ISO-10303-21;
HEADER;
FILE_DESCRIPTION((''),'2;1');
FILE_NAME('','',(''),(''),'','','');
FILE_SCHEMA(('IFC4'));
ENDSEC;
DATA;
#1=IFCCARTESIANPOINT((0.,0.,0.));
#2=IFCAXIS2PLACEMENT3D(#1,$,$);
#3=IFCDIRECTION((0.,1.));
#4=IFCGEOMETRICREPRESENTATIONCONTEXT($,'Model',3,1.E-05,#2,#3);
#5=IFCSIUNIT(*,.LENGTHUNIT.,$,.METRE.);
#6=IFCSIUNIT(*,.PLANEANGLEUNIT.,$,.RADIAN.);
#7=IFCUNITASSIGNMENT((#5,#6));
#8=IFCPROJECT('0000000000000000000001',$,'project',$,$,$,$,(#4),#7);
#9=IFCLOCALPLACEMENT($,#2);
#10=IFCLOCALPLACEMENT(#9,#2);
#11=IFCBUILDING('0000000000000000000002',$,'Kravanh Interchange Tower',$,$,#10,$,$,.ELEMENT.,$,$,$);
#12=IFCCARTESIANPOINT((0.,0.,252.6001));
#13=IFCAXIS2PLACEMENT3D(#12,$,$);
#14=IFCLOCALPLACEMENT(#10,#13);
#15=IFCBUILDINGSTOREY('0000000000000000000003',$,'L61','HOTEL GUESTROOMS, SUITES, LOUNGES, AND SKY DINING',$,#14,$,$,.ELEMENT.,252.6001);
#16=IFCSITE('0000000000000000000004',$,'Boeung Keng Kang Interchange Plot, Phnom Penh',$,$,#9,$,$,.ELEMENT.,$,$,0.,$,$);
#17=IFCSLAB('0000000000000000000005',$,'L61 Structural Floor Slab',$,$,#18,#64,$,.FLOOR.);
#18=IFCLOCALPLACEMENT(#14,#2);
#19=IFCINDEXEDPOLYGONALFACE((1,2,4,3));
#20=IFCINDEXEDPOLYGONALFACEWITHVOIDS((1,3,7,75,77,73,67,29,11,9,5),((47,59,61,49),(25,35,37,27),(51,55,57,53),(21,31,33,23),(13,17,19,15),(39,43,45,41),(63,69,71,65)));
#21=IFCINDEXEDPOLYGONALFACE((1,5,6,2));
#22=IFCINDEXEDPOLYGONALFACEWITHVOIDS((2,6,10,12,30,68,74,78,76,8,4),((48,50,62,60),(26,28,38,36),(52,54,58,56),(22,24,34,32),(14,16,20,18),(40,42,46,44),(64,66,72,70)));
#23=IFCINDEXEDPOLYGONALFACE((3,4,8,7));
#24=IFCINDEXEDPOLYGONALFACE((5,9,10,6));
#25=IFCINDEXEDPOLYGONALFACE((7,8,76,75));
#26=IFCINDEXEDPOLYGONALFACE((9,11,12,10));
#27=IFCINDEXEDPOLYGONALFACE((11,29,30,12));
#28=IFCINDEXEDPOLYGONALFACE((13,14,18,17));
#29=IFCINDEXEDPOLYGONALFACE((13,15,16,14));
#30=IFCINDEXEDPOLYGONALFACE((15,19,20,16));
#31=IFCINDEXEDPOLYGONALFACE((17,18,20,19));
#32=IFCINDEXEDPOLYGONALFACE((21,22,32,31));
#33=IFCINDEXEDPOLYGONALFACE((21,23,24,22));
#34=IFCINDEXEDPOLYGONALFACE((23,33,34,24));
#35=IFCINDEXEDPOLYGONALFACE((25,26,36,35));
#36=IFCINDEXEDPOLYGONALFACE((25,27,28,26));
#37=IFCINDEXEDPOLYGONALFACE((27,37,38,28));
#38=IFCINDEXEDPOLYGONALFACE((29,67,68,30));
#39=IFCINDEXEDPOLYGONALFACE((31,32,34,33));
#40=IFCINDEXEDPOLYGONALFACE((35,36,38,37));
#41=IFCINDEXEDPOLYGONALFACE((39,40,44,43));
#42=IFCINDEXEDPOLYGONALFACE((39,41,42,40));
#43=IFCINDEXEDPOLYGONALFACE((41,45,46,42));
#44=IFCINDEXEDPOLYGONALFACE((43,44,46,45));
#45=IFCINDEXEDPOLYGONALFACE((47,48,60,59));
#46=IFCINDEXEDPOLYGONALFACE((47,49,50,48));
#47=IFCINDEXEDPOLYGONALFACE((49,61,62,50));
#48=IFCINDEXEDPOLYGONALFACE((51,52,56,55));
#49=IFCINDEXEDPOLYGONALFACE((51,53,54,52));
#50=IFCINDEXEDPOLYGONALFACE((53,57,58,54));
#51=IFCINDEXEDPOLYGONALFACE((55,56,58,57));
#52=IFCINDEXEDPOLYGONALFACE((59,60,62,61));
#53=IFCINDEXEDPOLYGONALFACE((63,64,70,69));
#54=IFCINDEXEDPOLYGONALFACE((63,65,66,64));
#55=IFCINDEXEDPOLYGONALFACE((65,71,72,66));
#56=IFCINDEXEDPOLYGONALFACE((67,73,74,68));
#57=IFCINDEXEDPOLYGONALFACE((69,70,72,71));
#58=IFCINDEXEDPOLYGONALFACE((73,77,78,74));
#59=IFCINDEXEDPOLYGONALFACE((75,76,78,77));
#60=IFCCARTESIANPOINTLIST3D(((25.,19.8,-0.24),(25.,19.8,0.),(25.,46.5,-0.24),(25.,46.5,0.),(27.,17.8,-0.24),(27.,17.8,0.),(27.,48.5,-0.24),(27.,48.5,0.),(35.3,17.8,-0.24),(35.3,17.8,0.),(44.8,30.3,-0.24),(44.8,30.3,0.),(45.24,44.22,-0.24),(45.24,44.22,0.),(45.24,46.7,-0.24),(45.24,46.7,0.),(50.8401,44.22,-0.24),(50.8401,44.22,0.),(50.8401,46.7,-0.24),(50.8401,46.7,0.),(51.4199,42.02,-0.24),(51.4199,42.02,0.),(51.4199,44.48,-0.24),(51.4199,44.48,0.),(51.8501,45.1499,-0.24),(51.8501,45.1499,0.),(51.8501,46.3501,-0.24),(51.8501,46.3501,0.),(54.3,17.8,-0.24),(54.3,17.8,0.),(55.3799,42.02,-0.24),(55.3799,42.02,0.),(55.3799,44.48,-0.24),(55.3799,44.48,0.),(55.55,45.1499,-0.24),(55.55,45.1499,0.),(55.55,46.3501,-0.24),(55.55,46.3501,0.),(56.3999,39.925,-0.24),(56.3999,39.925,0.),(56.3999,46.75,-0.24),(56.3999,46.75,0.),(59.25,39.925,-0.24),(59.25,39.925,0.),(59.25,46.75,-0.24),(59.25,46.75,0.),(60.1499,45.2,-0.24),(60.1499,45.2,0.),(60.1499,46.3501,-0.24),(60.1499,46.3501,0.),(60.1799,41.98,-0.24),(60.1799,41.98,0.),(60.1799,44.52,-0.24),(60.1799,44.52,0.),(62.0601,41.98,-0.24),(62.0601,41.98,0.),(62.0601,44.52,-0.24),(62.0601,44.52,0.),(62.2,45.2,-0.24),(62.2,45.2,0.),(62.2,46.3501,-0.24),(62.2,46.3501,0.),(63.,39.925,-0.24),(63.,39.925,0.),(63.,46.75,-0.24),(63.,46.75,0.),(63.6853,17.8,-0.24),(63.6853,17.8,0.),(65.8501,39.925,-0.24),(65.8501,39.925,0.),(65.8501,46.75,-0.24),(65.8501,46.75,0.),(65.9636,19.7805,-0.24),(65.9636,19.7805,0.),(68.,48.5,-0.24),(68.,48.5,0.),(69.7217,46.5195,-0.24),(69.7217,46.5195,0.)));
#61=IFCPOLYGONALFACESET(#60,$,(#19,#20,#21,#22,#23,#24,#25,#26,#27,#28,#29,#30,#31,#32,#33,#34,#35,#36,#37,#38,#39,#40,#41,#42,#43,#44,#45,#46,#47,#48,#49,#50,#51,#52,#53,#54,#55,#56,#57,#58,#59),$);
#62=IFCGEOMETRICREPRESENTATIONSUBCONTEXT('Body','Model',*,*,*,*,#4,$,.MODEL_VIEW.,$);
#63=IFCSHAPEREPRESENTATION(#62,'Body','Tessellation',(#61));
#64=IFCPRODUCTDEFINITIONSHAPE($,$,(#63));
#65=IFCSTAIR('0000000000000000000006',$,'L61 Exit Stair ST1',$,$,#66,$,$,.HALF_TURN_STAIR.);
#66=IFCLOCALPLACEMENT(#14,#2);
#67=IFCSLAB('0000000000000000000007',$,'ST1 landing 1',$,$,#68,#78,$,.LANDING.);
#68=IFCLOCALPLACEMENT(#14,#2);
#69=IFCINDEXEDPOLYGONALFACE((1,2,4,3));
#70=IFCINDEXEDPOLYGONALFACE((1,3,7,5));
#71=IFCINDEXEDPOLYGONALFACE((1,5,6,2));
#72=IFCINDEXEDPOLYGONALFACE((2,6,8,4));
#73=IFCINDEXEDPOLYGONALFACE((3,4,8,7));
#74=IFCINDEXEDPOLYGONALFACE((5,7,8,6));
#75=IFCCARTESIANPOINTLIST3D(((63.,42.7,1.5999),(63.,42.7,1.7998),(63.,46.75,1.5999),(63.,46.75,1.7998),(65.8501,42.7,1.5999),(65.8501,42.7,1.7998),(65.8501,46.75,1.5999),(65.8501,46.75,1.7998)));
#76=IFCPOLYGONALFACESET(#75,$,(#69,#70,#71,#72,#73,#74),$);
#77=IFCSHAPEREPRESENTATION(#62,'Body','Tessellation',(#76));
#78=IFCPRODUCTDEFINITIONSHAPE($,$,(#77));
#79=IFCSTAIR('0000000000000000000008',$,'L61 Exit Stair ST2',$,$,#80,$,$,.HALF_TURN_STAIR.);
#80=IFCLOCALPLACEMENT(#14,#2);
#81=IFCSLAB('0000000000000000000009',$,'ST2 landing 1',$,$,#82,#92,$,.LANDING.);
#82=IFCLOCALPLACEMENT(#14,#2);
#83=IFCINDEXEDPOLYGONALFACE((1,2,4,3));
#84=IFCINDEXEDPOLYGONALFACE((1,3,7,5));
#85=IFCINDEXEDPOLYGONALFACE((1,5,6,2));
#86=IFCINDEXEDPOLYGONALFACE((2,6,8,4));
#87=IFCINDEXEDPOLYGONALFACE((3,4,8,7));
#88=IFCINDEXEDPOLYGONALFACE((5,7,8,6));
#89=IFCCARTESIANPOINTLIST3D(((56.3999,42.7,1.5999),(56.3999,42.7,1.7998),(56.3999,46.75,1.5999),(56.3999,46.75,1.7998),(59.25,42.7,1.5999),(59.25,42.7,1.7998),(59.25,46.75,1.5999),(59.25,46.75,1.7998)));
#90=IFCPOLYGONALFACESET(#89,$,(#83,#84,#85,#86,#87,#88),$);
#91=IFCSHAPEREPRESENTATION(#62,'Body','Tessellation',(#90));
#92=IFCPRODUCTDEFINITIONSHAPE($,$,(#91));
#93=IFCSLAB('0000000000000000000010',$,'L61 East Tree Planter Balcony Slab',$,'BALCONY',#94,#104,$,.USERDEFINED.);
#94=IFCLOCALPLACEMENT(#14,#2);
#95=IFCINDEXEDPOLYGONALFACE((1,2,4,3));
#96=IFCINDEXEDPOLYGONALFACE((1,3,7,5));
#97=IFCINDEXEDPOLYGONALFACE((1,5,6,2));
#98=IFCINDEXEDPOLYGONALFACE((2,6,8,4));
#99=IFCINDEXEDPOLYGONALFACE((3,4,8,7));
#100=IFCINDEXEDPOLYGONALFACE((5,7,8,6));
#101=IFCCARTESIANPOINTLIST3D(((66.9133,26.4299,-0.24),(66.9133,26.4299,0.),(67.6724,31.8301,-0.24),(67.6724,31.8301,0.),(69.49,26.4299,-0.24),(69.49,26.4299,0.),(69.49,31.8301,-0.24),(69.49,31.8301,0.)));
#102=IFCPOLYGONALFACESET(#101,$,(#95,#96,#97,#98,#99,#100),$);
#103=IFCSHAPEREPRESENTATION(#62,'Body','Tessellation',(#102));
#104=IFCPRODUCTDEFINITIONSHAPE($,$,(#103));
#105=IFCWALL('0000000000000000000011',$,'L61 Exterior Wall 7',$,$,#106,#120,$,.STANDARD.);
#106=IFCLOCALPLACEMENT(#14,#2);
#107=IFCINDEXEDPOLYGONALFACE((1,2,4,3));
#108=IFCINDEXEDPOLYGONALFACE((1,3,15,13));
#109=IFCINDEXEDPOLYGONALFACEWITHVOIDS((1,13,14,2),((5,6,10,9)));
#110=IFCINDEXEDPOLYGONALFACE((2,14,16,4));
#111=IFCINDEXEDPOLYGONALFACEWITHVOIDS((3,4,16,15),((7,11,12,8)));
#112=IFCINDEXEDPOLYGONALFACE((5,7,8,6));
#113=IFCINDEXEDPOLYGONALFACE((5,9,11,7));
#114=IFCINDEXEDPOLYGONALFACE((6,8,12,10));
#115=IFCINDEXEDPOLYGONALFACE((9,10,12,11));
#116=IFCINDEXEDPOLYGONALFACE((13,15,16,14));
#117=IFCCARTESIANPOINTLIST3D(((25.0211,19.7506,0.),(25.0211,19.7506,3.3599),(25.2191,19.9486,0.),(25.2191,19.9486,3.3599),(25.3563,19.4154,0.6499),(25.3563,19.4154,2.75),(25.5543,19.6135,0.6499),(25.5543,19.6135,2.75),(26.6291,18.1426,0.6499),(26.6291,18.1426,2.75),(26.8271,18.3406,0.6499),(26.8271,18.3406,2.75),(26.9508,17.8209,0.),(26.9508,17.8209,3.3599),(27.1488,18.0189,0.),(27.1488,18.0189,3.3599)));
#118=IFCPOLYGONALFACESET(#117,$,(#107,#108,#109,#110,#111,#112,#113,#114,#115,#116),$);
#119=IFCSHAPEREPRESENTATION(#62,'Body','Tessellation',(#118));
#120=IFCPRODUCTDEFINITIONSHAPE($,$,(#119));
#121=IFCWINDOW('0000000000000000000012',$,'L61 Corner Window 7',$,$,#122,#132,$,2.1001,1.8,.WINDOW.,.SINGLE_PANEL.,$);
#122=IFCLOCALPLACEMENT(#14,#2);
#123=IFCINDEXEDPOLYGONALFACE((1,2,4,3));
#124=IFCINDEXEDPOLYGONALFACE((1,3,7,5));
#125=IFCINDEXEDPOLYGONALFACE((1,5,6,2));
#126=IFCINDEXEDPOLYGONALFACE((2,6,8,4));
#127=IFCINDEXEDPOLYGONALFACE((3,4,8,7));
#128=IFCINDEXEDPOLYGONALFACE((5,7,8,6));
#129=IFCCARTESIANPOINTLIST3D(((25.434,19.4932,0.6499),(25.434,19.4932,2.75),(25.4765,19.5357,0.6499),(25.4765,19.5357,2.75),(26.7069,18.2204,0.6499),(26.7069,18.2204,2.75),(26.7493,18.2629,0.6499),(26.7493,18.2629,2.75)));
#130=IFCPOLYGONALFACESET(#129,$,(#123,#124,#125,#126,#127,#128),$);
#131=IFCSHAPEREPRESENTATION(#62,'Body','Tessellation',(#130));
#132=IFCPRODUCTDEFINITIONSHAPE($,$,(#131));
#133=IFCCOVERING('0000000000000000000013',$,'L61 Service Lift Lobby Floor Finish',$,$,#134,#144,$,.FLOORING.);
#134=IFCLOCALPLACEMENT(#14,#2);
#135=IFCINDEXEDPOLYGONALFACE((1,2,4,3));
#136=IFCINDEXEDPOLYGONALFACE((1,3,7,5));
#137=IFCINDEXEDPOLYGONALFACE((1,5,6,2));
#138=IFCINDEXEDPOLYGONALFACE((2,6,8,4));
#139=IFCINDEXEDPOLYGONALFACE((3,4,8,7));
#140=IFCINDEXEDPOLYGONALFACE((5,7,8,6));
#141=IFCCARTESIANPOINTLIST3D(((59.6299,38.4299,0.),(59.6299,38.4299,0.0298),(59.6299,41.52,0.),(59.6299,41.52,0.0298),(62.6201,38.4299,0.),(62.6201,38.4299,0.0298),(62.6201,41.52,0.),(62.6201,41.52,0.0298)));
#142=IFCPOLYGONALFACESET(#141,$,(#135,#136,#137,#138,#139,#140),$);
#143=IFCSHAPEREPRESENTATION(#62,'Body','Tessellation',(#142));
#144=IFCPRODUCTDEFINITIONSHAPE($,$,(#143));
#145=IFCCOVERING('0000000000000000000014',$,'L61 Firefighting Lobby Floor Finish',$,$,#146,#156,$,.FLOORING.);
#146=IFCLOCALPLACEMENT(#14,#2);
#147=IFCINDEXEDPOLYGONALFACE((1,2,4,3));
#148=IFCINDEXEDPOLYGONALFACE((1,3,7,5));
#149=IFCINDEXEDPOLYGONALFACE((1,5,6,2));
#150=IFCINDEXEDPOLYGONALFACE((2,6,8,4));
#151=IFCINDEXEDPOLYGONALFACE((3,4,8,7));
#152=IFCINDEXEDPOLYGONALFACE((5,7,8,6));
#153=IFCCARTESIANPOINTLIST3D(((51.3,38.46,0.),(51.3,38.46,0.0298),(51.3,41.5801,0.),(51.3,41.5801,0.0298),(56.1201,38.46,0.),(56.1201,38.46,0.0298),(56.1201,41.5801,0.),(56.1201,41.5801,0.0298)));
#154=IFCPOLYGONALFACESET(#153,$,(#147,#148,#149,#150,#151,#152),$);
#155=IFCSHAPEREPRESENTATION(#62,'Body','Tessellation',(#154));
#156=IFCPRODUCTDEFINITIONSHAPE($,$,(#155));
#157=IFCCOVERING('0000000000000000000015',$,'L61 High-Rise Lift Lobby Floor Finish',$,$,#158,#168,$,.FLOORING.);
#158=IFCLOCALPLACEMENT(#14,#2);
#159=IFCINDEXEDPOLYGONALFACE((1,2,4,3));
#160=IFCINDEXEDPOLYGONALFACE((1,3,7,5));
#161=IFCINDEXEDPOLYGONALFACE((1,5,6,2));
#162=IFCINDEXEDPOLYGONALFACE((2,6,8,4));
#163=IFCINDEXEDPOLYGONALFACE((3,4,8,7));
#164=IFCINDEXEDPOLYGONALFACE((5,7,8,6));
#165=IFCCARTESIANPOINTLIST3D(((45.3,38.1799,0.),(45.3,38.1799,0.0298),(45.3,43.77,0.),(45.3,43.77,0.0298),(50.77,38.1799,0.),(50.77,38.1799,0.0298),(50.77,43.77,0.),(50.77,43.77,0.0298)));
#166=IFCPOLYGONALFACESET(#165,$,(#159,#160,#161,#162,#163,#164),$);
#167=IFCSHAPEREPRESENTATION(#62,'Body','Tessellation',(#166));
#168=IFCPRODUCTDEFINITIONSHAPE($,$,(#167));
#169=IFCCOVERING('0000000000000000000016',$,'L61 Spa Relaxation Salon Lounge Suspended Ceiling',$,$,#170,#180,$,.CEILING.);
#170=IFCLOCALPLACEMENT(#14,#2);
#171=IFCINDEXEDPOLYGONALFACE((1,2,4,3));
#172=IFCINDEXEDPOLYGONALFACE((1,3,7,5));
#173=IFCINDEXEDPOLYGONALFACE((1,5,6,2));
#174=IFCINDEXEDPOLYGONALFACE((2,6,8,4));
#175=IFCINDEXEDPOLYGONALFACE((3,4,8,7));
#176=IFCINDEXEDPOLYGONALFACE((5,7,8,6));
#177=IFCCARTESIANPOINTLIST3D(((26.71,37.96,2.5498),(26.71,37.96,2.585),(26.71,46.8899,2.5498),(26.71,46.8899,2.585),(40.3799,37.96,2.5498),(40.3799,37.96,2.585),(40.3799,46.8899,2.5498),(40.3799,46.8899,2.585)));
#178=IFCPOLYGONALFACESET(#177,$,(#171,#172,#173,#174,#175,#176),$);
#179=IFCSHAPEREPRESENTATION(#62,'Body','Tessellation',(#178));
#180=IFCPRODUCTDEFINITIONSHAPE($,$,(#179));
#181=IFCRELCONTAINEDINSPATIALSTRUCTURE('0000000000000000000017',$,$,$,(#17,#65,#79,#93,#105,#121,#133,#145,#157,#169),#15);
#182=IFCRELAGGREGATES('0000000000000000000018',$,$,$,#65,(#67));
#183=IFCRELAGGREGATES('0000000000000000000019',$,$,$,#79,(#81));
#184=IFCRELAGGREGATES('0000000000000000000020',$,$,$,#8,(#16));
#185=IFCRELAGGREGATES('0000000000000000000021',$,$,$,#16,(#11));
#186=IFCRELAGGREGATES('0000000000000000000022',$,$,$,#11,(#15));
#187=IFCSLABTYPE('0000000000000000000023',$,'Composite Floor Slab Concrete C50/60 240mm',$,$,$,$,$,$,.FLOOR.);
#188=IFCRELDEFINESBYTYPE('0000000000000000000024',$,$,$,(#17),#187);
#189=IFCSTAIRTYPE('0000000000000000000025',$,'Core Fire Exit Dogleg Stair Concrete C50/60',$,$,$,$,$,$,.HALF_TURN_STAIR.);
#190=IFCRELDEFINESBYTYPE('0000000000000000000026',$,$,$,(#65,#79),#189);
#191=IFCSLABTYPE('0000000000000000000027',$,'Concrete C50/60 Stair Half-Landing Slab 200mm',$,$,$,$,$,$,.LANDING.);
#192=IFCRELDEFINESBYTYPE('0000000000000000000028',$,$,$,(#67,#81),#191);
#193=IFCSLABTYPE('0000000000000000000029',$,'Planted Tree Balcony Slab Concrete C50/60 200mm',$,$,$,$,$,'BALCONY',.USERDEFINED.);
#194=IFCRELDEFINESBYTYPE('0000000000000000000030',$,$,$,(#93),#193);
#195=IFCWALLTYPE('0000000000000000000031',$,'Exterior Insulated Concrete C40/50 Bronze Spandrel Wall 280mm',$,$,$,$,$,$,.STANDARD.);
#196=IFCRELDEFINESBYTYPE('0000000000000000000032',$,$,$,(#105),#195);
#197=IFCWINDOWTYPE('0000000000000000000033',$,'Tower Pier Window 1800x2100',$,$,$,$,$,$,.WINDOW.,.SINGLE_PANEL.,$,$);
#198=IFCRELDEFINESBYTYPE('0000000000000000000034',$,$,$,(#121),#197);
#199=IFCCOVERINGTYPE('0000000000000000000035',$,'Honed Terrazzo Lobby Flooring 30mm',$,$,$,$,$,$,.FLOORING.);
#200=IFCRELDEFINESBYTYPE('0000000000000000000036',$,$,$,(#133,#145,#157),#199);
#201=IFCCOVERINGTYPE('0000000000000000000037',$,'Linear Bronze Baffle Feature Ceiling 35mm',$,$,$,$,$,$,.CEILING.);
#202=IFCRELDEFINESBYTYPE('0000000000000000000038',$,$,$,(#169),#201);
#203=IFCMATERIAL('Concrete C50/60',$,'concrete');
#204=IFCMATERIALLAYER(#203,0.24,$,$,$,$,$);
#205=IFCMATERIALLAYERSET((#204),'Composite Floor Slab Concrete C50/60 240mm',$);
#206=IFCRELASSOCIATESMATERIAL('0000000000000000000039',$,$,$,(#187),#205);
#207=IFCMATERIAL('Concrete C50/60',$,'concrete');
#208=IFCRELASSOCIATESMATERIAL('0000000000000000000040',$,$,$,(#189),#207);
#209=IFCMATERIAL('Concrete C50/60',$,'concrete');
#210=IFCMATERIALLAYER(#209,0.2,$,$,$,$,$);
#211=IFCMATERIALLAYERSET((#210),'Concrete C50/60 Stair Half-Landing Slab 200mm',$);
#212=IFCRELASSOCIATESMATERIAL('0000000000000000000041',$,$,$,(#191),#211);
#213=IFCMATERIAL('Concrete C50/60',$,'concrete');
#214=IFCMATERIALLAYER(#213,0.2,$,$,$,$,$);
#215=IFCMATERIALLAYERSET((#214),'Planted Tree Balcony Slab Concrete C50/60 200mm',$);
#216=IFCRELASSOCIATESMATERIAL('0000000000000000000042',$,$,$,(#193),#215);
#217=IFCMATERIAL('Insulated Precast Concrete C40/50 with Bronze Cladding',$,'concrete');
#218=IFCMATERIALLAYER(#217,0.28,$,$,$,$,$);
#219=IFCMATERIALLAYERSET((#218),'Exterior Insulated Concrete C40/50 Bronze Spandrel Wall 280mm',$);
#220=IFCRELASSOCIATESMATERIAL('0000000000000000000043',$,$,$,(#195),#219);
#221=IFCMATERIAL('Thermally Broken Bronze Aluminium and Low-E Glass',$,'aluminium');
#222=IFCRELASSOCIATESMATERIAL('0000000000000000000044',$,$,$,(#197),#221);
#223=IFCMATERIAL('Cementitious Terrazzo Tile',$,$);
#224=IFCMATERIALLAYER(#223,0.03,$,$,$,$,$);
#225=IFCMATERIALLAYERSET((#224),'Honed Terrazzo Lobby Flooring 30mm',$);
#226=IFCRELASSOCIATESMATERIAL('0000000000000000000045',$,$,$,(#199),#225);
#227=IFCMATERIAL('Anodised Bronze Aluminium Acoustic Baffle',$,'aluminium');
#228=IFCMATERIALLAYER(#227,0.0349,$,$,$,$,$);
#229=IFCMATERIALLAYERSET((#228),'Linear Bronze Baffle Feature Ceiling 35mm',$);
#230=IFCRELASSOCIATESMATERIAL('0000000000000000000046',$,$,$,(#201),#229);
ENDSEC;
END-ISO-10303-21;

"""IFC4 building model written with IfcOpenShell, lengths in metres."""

from ifc_helpers import new_model, si_unit, direction, frame, frame_2d, origin, place, context, subcontext, project, spatial, polyline, rectangle, outline, extrude, material, layer, layer_set, type_object, element, fill, aggregate, save


model = new_model("IFC4")

# Units and contexts
model_context = context("Model", 3, precision=1e-05, world=origin(), true_north=direction((0.0, 1.0)))
body_context = subcontext(model_context, "Body", "Model", "MODEL_VIEW")
ifc_project = project(units=[si_unit("LENGTHUNIT", "METRE"), si_unit("PLANEANGLEUNIT", "RADIAN")], contexts=[model_context])

# Site, building, storey
site_placement = place(None, origin())
site = spatial("IfcSite", under=ifc_project, at=site_placement, Name="Boeung Keng Kang Interchange Plot, Phnom Penh", CompositionType="ELEMENT", RefElevation=0.0)
building_placement = place(site_placement, origin())
building = spatial("IfcBuilding", under=site, at=building_placement, Name="Kravanh Interchange Tower", CompositionType="ELEMENT")
storey_placement = place(building_placement, frame((0.0, 0.0, 252.6001)))
storey = spatial("IfcBuildingStorey", under=building, at=storey_placement, Name="L61", Description="HOTEL GUESTROOMS, SUITES, LOUNGES, AND SKY DINING", CompositionType="ELEMENT", Elevation=252.6001)

# Slab
ifc_material_1 = material(Name="Concrete C50/60", Category="concrete")
ifc_layer_1 = layer(ifc_material_1, 0.24)
ifc_layer_set_1 = layer_set([ifc_layer_1], Name="Composite Floor Slab Concrete C50/60 240mm")
slab_type_1 = type_object("IfcSlabType", Name="Composite Floor Slab Concrete C50/60 240mm", PredefinedType="FLOOR", material=ifc_layer_set_1)
slab_1_placement = place(storey_placement, frame((0.0, 0.0, -0.24)))
element("IfcSlab", 1, at=slab_1_placement, inside=storey, type_object=slab_type_1, Name="L61 Structural Floor Slab", PredefinedType="FLOOR", context=body_context, shape_type="SweptSolid", body=[
    extrude(outline(polyline([(25.0, 19.8), (27.0, 17.8), (35.3, 17.8), (44.8, 30.3), (54.3, 17.8), (63.6853, 17.8), (65.9636, 19.7805), (69.7217, 46.5195), (68.0, 48.5), (27.0, 48.5), (25.0, 46.5), (25.0, 19.8)]), holes=[polyline([(65.8501, 39.925), (65.8501, 46.75), (63.0, 46.75), (63.0, 39.925), (65.8501, 39.925)]), polyline([(59.25, 39.925), (59.25, 46.75), (56.3999, 46.75), (56.3999, 39.925), (59.25, 39.925)]), polyline([(45.24, 44.22), (50.8401, 44.22), (50.8401, 46.7), (45.24, 46.7), (45.24, 44.22)]), polyline([(51.4199, 42.02), (55.3799, 42.02), (55.3799, 44.48), (51.4199, 44.48), (51.4199, 42.02)]), polyline([(60.1799, 41.98), (62.0601, 41.98), (62.0601, 44.52), (60.1799, 44.52), (60.1799, 41.98)]), polyline([(60.1499, 45.2), (62.2, 45.2), (62.2, 46.3501), (60.1499, 46.3501), (60.1499, 45.2)]), polyline([(51.8501, 45.1499), (55.55, 45.1499), (55.55, 46.3501), (51.8501, 46.3501), (51.8501, 45.1499)])]), origin(), (0.0, 0.0, 1.0), 0.24),
])

# Stairs, slabs
ifc_material_2 = material(Name="Concrete C50/60", Category="concrete")
stair_type = type_object("IfcStairType", Name="Core Fire Exit Dogleg Stair Concrete C50/60", PredefinedType="HALF_TURN_STAIR", material=ifc_material_2)
stair_1_placement = place(storey_placement, origin())
stair_1 = element("IfcStair", 2, at=stair_1_placement, inside=storey, type_object=stair_type, Name="L61 Exit Stair ST1", PredefinedType="HALF_TURN_STAIR")
ifc_material_3 = material(Name="Concrete C50/60", Category="concrete")
ifc_layer_2 = layer(ifc_material_3, 0.2)
ifc_layer_set_2 = layer_set([ifc_layer_2], Name="Concrete C50/60 Stair Half-Landing Slab 200mm")
slab_type_2 = type_object("IfcSlabType", Name="Concrete C50/60 Stair Half-Landing Slab 200mm", PredefinedType="LANDING", material=ifc_layer_set_2)
slab_2_placement = place(storey_placement, frame((0.0, 0.0, 1.5999)))
slab_2 = element("IfcSlab", 3, at=slab_2_placement, type_object=slab_type_2, Name="ST1 landing 1", PredefinedType="LANDING", context=body_context, shape_type="SweptSolid", body=[
    extrude(outline(polyline([(65.8501, 42.7), (65.8501, 46.75), (63.0, 46.75), (63.0, 42.7), (65.8501, 42.7)])), origin(), (0.0, 0.0, 1.0), 0.2),
])
aggregate(stair_1, [slab_2])
stair_2_placement = place(storey_placement, origin())
stair_2 = element("IfcStair", 4, at=stair_2_placement, inside=storey, type_object=stair_type, Name="L61 Exit Stair ST2", PredefinedType="HALF_TURN_STAIR")
slab_3_placement = place(storey_placement, frame((0.0, 0.0, 1.5999)))
slab_3 = element("IfcSlab", 5, at=slab_3_placement, type_object=slab_type_2, Name="ST2 landing 1", PredefinedType="LANDING", context=body_context, shape_type="SweptSolid", body=[
    extrude(outline(polyline([(59.25, 42.7), (59.25, 46.75), (56.3999, 46.75), (56.3999, 42.7), (59.25, 42.7)])), origin(), (0.0, 0.0, 1.0), 0.2),
])
aggregate(stair_2, [slab_3])

# Slab
ifc_material_4 = material(Name="Concrete C50/60", Category="concrete")
ifc_layer_3 = layer(ifc_material_4, 0.2)
ifc_layer_set_3 = layer_set([ifc_layer_3], Name="Planted Tree Balcony Slab Concrete C50/60 200mm")
slab_type_3 = type_object("IfcSlabType", Name="Planted Tree Balcony Slab Concrete C50/60 200mm", ElementType="BALCONY", PredefinedType="USERDEFINED", material=ifc_layer_set_3)
slab_4_placement = place(storey_placement, frame((0.0, 0.0, -0.24)))
element("IfcSlab", 6, at=slab_4_placement, inside=storey, type_object=slab_type_3, Name="L61 East Tree Planter Balcony Slab", ObjectType="BALCONY", PredefinedType="USERDEFINED", context=body_context, shape_type="SweptSolid", body=[
    extrude(outline(polyline([(69.49, 31.8301), (69.49, 26.4299), (66.9133, 26.4299), (67.6724, 31.8301), (69.49, 31.8301)])), origin(), (0.0, 0.0, 1.0), 0.24),
])

# Wall, opening, window
ifc_material_5 = material(Name="Insulated Precast Concrete C40/50 with Bronze Cladding", Category="concrete")
ifc_layer_4 = layer(ifc_material_5, 0.28)
ifc_layer_set_4 = layer_set([ifc_layer_4], Name="Exterior Insulated Concrete C40/50 Bronze Spandrel Wall 280mm")
wall_type = type_object("IfcWallType", Name="Exterior Insulated Concrete C40/50 Bronze Spandrel Wall 280mm", PredefinedType="STANDARD", material=ifc_layer_set_4)
wall_placement = place(storey_placement, frame((27.0498, 17.9199, 0.0), z_axis=(0.0, 0.0, 1.0), x_axis=(-0.707107, 0.707107, 0.0)))
wall = element("IfcWall", 7, at=wall_placement, inside=storey, type_object=wall_type, Name="L61 Exterior Wall 7", PredefinedType="STANDARD", context=body_context, shape_type="SweptSolid", body=[
    extrude(rectangle(XDim=2.729, YDim=0.28, at=frame_2d((1.3645, 0.0))), origin(), (0.0, 0.0, 1.0), 3.3599),
])
opening_placement = place(wall_placement, frame((0.4551, 0.0, 0.6499)))
opening = element("IfcOpeningElement", 8, at=opening_placement, cuts=wall, PredefinedType="OPENING", context=body_context, shape_type="SweptSolid", body=[
    extrude(rectangle(XDim=1.8, YDim=2.1001, at=frame_2d((0.8999, 1.05))), frame((0.0, 0.1499, 0.0), z_axis=(0.0, -1.0, 0.0), x_axis=(1.0, 0.0, 0.0)), (0.0, 0.0, 1.0), 0.3),
])
ifc_material_6 = material(Name="Thermally Broken Bronze Aluminium and Low-E Glass", Category="aluminium")
window_type = type_object("IfcWindowType", Name="Tower Pier Window 1800x2100", PartitioningType="SINGLE_PANEL", PredefinedType="WINDOW", material=ifc_material_6)
window_placement = place(opening_placement, origin())
window = element("IfcWindow", 9, at=window_placement, inside=storey, type_object=window_type, Name="L61 Corner Window 7", OverallHeight=2.1001, OverallWidth=1.8, PartitioningType="SINGLE_PANEL", PredefinedType="WINDOW", context=body_context, shape_type="SweptSolid", body=[
    extrude(rectangle(XDim=1.8, YDim=2.1001, at=frame_2d((0.8999, 1.05))), frame((0.0, 0.03, 0.0), z_axis=(0.0, -1.0, 0.0), x_axis=(1.0, 0.0, 0.0)), (0.0, 0.0, 1.0), 0.0601),
])
fill(opening, window)

# Coverings
ifc_material_7 = material(Name="Cementitious Terrazzo Tile")
ifc_layer_5 = layer(ifc_material_7, 0.03)
ifc_layer_set_5 = layer_set([ifc_layer_5], Name="Honed Terrazzo Lobby Flooring 30mm")
covering_type_1 = type_object("IfcCoveringType", Name="Honed Terrazzo Lobby Flooring 30mm", PredefinedType="FLOORING", material=ifc_layer_set_5)
covering_1_placement = place(storey_placement, origin())
element("IfcCovering", 10, at=covering_1_placement, inside=storey, type_object=covering_type_1, Name="L61 Service Lift Lobby Floor Finish", PredefinedType="FLOORING", context=body_context, shape_type="SweptSolid", body=[
    extrude(outline(polyline([(59.6299, 41.52), (62.6201, 41.52), (62.6201, 38.4299), (59.6299, 38.4299), (59.6299, 41.52)])), origin(), (0.0, 0.0, 1.0), 0.0298),
])
covering_2_placement = place(storey_placement, origin())
element("IfcCovering", 11, at=covering_2_placement, inside=storey, type_object=covering_type_1, Name="L61 Firefighting Lobby Floor Finish", PredefinedType="FLOORING", context=body_context, shape_type="SweptSolid", body=[
    extrude(outline(polyline([(56.1201, 38.46), (51.3, 38.46), (51.3, 41.5801), (56.1201, 41.5801), (56.1201, 38.46)])), origin(), (0.0, 0.0, 1.0), 0.0298),
])
covering_3_placement = place(storey_placement, origin())
element("IfcCovering", 12, at=covering_3_placement, inside=storey, type_object=covering_type_1, Name="L61 High-Rise Lift Lobby Floor Finish", PredefinedType="FLOORING", context=body_context, shape_type="SweptSolid", body=[
    extrude(outline(polyline([(45.3, 43.77), (50.77, 43.77), (50.77, 38.1799), (45.3, 38.1799), (45.3, 43.77)])), origin(), (0.0, 0.0, 1.0), 0.0298),
])
ifc_material_8 = material(Name="Anodised Bronze Aluminium Acoustic Baffle", Category="aluminium")
ifc_layer_6 = layer(ifc_material_8, 0.0349)
ifc_layer_set_6 = layer_set([ifc_layer_6], Name="Linear Bronze Baffle Feature Ceiling 35mm")
covering_type_2 = type_object("IfcCoveringType", Name="Linear Bronze Baffle Feature Ceiling 35mm", PredefinedType="CEILING", material=ifc_layer_set_6)
covering_4_placement = place(storey_placement, frame((0.0, 0.0, 2.5498)))
element("IfcCovering", 13, at=covering_4_placement, inside=storey, type_object=covering_type_2, Name="L61 Spa Relaxation Salon Lounge Suspended Ceiling", PredefinedType="CEILING", context=body_context, shape_type="SweptSolid", body=[
    extrude(outline(polyline([(40.3799, 46.8899), (40.3799, 37.96), (26.71, 37.96), (26.71, 46.8899), (40.3799, 46.8899)])), origin(), (0.0, 0.0, 1.0), 0.0352),
])

save(model, "model.ifc")
